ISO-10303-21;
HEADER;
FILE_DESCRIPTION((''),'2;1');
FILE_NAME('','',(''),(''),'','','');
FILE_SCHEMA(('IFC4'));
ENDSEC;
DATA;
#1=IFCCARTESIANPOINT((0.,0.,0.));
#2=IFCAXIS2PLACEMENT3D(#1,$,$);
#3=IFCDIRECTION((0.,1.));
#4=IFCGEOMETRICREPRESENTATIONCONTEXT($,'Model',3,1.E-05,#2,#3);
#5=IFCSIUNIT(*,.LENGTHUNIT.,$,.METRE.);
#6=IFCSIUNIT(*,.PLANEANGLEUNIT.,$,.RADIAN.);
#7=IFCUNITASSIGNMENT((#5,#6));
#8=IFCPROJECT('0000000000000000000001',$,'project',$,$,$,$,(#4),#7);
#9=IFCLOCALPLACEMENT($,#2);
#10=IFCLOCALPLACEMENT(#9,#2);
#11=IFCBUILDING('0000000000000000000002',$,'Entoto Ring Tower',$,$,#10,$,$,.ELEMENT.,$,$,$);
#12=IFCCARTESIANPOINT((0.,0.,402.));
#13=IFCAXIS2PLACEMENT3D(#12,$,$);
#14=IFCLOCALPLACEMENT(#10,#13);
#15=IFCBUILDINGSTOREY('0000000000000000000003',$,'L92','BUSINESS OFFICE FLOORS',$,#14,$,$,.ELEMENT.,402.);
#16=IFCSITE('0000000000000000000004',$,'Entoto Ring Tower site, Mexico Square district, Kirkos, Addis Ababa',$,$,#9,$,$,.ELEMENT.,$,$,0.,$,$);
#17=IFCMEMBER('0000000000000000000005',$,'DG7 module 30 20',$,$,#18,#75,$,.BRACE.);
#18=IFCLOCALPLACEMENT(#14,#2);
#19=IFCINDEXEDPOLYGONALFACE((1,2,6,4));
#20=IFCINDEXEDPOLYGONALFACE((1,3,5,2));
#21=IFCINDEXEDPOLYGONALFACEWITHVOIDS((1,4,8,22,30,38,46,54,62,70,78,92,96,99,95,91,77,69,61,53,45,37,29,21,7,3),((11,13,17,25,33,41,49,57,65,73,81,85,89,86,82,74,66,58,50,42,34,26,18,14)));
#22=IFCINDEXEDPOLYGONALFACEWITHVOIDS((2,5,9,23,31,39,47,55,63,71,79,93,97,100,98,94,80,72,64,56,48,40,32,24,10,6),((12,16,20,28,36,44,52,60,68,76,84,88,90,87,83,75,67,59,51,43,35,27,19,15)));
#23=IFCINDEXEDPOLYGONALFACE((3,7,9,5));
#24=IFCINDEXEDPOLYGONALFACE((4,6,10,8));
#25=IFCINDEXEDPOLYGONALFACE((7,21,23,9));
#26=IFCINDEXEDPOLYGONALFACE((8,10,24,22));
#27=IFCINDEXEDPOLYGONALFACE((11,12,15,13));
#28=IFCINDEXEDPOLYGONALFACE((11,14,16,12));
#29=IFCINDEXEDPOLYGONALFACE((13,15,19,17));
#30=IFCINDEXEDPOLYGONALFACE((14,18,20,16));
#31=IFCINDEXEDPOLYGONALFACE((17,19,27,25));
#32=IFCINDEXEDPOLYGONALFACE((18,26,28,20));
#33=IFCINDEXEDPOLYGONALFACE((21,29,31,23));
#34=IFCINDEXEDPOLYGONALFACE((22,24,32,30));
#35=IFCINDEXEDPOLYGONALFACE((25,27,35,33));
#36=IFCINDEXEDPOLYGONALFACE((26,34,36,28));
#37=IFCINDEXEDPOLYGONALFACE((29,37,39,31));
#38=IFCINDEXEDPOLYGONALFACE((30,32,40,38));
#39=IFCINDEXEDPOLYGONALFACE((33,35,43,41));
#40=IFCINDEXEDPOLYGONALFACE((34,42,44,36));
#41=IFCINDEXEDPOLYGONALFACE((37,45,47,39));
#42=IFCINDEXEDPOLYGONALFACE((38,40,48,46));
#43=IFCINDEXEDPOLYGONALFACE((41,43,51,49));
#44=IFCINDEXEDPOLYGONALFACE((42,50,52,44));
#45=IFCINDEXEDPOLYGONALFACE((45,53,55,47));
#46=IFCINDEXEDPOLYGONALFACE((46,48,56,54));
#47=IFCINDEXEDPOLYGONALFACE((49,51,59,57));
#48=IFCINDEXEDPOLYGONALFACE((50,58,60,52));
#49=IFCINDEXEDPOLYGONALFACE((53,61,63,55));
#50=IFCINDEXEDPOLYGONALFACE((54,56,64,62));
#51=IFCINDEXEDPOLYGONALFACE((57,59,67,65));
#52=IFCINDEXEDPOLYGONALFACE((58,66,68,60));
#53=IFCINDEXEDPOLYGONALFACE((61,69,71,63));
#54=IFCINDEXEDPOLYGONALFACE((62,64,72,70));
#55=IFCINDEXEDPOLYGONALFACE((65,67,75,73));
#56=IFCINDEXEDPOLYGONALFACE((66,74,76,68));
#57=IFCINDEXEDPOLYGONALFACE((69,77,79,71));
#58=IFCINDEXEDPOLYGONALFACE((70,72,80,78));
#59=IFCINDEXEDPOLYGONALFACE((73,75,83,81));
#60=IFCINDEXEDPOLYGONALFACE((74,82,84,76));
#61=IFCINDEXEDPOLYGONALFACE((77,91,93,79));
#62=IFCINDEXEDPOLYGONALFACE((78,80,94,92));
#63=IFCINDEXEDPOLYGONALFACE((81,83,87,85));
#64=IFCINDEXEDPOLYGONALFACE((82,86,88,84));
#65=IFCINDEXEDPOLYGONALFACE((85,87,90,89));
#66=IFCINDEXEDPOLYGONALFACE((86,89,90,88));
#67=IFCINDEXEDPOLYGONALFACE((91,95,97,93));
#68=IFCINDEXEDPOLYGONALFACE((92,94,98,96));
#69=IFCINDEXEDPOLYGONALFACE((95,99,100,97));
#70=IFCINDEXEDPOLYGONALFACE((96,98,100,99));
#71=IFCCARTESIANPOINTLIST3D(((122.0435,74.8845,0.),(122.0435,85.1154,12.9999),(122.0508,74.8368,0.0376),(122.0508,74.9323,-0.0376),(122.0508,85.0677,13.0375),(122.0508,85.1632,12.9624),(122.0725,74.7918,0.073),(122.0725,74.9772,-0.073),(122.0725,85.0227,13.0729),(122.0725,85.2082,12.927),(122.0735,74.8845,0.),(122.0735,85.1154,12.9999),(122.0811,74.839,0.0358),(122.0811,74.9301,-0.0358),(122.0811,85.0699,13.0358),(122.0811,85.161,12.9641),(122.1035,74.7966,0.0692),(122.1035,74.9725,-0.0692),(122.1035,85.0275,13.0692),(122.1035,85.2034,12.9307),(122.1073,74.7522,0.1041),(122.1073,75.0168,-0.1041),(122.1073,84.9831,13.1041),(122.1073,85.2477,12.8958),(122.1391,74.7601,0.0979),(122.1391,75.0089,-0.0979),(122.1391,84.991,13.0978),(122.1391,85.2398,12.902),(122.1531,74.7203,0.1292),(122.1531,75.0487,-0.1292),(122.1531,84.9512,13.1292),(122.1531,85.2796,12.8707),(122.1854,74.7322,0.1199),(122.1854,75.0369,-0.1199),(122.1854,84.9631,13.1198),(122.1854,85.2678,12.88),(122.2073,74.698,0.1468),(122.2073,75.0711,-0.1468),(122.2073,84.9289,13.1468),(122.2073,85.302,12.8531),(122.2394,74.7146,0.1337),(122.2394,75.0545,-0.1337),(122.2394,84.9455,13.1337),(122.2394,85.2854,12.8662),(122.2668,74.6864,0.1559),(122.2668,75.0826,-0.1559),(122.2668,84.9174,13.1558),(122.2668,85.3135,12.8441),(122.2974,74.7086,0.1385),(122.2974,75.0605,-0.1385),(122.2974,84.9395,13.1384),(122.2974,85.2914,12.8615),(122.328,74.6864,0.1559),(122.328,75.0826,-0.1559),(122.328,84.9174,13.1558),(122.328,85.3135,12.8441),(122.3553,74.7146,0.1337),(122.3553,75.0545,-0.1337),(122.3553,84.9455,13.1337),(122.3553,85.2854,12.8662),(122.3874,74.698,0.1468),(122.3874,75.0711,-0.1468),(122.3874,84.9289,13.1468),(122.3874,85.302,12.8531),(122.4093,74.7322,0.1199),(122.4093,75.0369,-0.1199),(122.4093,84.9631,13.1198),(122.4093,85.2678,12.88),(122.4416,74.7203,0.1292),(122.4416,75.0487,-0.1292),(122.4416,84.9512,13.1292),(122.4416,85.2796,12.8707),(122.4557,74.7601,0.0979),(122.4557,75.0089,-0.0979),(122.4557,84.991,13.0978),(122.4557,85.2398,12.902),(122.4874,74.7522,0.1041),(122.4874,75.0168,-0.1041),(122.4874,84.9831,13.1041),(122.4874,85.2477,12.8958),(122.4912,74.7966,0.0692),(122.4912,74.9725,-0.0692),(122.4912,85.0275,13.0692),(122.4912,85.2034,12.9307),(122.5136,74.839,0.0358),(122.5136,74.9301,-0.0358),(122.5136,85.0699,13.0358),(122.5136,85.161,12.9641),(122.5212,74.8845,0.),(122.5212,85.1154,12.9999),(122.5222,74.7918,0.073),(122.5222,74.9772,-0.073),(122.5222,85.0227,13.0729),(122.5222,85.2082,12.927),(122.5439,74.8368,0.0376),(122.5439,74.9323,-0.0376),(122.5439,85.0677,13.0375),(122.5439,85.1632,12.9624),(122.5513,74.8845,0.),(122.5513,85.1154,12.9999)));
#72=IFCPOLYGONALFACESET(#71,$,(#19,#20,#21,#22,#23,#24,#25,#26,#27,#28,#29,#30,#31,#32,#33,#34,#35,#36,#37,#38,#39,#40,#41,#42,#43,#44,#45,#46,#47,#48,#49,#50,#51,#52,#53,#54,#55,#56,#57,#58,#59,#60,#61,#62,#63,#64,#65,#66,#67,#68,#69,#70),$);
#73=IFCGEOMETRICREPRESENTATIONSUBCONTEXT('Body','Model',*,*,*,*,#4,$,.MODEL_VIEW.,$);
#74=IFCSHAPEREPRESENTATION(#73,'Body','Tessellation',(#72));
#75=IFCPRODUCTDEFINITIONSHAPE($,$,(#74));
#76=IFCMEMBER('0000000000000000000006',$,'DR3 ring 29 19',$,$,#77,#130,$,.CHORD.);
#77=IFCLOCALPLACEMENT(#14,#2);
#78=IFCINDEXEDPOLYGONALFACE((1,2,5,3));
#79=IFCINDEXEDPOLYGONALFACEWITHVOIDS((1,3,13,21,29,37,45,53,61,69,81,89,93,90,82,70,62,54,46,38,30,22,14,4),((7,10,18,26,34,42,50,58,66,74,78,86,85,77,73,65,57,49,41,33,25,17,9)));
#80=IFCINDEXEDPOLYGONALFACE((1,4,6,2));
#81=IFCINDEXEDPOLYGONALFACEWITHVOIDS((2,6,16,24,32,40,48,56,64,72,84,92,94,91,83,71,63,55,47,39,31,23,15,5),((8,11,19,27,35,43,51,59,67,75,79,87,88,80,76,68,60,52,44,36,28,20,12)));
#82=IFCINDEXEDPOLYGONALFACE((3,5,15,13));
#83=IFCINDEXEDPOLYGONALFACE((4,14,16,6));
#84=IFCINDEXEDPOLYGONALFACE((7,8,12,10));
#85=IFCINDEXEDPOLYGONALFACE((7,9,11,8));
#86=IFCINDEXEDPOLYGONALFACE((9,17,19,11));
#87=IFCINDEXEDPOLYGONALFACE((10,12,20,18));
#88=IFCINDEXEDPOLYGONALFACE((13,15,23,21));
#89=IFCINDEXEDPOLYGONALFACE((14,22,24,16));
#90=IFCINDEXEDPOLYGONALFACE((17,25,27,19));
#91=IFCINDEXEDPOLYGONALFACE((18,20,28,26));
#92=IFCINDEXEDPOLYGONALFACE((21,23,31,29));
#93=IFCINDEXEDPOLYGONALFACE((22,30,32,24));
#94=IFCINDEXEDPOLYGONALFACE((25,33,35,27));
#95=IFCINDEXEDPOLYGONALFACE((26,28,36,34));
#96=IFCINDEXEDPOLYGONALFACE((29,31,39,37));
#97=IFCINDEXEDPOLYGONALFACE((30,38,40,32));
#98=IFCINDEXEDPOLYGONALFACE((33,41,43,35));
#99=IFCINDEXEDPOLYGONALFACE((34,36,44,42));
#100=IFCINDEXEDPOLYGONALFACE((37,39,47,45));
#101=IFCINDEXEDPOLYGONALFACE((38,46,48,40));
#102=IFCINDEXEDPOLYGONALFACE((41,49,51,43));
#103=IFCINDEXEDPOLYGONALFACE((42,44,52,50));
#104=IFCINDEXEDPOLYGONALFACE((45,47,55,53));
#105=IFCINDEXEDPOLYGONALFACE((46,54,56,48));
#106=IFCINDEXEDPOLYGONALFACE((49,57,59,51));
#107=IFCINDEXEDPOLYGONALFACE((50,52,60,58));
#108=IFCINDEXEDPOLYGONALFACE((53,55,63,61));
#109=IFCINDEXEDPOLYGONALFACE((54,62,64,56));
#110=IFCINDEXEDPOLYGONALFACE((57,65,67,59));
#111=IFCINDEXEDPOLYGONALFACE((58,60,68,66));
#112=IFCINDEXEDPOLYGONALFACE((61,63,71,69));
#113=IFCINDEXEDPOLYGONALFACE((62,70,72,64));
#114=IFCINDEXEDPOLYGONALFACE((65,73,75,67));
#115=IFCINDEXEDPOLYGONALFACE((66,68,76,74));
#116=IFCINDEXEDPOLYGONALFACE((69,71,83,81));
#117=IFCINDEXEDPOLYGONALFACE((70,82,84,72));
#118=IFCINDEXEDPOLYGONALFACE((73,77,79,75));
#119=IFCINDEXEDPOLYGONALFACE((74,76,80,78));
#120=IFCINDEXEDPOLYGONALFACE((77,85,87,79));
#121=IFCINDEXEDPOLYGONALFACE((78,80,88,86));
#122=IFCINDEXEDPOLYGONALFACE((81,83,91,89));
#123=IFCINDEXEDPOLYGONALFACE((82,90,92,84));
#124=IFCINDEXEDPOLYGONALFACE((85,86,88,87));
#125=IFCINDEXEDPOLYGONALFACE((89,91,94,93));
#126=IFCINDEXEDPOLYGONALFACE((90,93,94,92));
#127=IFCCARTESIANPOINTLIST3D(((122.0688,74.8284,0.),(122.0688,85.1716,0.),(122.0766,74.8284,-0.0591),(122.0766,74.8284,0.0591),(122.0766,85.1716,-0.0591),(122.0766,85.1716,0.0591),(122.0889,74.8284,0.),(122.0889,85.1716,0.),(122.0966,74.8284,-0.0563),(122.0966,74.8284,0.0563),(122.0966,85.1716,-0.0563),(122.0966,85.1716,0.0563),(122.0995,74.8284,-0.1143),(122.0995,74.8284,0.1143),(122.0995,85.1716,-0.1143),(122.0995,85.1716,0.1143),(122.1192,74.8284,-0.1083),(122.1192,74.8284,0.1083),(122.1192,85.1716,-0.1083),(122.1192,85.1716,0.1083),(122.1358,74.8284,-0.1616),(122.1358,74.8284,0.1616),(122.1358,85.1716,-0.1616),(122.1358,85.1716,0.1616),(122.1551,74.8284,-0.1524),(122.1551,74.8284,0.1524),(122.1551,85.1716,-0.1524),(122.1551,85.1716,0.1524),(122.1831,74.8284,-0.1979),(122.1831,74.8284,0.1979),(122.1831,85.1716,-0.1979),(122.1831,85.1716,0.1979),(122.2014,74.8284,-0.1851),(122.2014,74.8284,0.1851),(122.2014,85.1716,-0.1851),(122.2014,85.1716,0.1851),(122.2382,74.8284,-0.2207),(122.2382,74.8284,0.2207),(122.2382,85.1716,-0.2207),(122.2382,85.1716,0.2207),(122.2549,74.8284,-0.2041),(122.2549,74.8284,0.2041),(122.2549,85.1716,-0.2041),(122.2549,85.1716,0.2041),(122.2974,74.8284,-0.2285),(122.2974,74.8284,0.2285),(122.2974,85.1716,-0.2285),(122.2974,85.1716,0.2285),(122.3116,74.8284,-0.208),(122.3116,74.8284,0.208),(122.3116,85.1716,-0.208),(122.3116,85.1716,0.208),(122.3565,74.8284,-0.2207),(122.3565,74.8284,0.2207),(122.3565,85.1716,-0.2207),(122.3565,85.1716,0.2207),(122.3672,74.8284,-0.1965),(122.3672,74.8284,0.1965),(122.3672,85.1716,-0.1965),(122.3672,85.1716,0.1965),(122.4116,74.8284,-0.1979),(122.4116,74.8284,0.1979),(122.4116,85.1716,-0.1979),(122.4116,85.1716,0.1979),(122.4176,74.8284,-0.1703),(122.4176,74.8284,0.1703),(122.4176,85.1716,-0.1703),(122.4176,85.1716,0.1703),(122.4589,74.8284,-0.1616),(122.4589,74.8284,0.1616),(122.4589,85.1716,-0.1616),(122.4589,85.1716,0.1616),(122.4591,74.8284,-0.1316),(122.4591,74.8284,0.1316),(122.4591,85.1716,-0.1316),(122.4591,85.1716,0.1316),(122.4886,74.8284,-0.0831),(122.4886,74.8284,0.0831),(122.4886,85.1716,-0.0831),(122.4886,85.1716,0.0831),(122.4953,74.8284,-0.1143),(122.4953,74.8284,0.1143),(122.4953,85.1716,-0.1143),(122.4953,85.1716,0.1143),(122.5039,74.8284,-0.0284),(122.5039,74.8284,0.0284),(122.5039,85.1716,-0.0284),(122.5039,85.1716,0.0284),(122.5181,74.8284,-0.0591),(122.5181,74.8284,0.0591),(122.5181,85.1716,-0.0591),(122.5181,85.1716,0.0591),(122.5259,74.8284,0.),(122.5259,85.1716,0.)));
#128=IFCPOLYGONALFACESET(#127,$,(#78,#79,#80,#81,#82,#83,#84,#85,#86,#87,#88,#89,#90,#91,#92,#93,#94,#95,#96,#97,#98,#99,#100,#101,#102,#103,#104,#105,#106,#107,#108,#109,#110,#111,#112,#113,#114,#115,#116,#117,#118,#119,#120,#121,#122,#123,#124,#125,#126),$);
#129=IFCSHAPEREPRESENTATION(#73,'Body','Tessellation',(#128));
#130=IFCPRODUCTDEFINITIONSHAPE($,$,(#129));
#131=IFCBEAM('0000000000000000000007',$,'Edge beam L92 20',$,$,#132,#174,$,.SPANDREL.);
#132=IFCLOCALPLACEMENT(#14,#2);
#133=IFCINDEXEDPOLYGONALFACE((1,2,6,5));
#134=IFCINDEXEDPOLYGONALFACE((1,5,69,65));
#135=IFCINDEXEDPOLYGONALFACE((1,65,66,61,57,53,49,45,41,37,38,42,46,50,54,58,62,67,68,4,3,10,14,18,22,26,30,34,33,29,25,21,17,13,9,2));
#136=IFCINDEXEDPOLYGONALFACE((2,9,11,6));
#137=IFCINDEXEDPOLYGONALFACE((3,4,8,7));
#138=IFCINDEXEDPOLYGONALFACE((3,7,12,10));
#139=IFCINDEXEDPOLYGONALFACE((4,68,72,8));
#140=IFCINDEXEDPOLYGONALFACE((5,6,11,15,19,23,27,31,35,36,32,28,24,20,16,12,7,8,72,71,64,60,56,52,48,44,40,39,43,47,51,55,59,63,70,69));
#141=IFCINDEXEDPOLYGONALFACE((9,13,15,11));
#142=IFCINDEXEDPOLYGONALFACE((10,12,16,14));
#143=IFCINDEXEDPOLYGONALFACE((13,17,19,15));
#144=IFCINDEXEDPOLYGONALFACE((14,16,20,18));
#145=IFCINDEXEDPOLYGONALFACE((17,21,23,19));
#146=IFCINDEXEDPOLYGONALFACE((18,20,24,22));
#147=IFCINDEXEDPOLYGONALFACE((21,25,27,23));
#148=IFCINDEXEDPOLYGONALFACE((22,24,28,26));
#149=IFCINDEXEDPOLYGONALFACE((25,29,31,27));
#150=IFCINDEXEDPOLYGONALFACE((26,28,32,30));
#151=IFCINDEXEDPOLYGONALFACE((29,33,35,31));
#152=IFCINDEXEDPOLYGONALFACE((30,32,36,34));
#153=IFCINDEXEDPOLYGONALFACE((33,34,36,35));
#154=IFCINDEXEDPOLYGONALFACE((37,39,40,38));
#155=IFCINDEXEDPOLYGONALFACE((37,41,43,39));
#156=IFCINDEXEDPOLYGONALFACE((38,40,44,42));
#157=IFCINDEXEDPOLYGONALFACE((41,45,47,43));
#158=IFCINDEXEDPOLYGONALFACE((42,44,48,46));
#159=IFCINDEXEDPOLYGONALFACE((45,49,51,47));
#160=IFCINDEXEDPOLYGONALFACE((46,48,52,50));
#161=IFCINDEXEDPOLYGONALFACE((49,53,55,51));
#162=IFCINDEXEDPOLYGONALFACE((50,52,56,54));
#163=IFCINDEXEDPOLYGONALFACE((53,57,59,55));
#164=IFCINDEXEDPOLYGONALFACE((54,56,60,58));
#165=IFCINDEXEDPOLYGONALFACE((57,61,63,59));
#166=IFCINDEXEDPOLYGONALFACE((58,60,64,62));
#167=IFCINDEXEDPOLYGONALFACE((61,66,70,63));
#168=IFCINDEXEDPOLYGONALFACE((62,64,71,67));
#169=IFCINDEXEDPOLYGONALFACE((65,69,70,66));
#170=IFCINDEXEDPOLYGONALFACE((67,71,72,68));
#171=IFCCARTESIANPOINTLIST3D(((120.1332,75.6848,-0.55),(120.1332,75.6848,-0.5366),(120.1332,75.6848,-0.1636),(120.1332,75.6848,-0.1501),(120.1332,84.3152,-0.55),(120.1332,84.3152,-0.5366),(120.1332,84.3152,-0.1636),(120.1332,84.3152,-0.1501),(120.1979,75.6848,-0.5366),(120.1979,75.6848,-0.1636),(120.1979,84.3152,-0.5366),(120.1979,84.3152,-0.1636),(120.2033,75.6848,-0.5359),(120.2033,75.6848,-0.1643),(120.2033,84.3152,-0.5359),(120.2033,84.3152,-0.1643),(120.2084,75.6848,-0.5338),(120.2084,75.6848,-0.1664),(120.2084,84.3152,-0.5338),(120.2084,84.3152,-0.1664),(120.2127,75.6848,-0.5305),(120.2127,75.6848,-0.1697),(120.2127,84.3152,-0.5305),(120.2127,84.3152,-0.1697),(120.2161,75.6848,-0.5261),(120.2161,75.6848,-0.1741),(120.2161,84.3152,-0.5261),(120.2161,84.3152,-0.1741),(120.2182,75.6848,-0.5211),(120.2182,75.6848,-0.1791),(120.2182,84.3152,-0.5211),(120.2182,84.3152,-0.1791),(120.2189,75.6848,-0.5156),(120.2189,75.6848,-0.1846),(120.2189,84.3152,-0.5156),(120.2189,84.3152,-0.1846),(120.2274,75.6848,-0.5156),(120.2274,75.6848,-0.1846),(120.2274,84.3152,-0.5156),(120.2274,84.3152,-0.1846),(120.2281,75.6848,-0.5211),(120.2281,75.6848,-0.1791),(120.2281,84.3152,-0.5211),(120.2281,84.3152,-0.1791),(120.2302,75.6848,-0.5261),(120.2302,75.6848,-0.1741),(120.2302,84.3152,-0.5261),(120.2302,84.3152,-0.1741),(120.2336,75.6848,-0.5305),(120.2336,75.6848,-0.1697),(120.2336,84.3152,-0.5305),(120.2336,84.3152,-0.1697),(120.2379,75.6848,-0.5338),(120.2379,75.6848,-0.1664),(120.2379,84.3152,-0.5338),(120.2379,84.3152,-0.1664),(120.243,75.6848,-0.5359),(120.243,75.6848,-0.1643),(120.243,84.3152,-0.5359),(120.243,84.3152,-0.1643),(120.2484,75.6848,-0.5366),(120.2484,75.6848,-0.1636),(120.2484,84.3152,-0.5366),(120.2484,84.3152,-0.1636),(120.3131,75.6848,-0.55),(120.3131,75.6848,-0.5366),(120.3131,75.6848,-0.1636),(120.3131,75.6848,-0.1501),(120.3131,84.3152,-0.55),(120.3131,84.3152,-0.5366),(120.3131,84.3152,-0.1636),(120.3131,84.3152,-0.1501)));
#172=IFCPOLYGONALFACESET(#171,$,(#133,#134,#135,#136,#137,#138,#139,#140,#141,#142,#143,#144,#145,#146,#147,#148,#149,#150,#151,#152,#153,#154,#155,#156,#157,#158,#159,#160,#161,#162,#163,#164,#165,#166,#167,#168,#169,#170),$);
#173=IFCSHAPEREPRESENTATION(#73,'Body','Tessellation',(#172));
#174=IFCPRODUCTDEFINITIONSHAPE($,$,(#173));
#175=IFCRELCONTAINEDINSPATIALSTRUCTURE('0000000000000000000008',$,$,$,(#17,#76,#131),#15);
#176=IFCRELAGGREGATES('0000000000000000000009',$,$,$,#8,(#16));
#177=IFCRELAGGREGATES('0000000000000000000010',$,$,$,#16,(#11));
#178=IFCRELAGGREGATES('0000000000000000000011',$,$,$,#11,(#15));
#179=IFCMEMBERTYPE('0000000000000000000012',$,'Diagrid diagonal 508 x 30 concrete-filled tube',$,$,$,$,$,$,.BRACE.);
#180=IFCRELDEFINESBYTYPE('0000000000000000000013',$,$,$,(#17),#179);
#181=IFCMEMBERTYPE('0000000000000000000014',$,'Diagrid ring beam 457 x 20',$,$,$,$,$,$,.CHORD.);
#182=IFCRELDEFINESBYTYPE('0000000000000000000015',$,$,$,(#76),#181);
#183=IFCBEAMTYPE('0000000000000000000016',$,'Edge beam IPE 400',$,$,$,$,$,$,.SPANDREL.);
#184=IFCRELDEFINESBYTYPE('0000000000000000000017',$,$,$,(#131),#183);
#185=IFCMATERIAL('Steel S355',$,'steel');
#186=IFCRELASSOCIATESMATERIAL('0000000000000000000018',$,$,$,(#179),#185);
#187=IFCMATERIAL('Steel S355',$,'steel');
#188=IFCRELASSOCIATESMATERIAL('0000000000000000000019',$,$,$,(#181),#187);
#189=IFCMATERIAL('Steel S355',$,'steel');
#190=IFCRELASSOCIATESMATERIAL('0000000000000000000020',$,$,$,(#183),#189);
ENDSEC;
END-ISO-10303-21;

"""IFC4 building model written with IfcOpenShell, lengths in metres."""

from ifc_helpers import new_model, si_unit, direction, frame, origin, origin_2d, place, context, subcontext, project, spatial, circle, hollow_circle, i_section, extrude, material, material_profile, profile_set, type_object, element, save


model = new_model("IFC4")

# Units and contexts
model_context = context("Model", 3, precision=1e-05, world=origin(), true_north=direction((0.0, 1.0)))
body_context = subcontext(model_context, "Body", "Model", "MODEL_VIEW")
ifc_project = project(units=[si_unit("LENGTHUNIT", "METRE"), si_unit("PLANEANGLEUNIT", "RADIAN")], contexts=[model_context])

# Site, building, storey
site_placement = place(None, origin())
site = spatial("IfcSite", under=ifc_project, at=site_placement, Name="Entoto Ring Tower site, Mexico Square district, Kirkos, Addis Ababa", CompositionType="ELEMENT", RefElevation=0.0)
building_placement = place(site_placement, origin())
building = spatial("IfcBuilding", under=site, at=building_placement, Name="Entoto Ring Tower", CompositionType="ELEMENT")
storey_placement = place(building_placement, frame((0.0, 0.0, 402.0)))
storey = spatial("IfcBuildingStorey", under=building, at=storey_placement, Name="L92", Description="BUSINESS OFFICE FLOORS", CompositionType="ELEMENT", Elevation=402.0)

# Members
ifc_material_1 = material(Name="Steel S355", Category="steel")
ifc_material_profile_1 = material_profile(ifc_material_1, hollow_circle(Radius=0.2539, WallThickness=0.03, at=origin_2d()), Name="CHS 508 x 30")
ifc_material_2 = material(Name="Concrete C60/75", Category="concrete")
ifc_material_profile_2 = material_profile(ifc_material_2, circle(Radius=0.2241, at=origin_2d()), Name="Concrete C60/75 infill")
ifc_profile_set_1 = profile_set([ifc_material_profile_1, ifc_material_profile_2], Name="Steel S355")
member_type_1 = type_object("IfcMemberType", Name="Diagrid diagonal 508 x 30 concrete-filled tube", PredefinedType="BRACE", material=ifc_profile_set_1)
for number, where, z_axis, x_axis, name in (
    (1, (122.2974, 74.8845, 0.0), (0.0, 0.618444, 0.785829), (-1.0, 0.0, 0.0), "DG7 module 30 20"),
):
    element("IfcMember", number, at=place(storey_placement, frame(where, z_axis=z_axis, x_axis=x_axis)), inside=storey, type_object=member_type_1, Name=name, PredefinedType="BRACE", context=body_context, shape_type="SweptSolid", body=[
        extrude(hollow_circle(Radius=0.2539, WallThickness=0.03, at=origin_2d()), origin(), (0.0, 0.0, 1.0), 16.543),
    ])
ifc_material_3 = material(Name="Steel S355", Category="steel")
ifc_material_profile_3 = material_profile(ifc_material_3, hollow_circle(Radius=0.2285, WallThickness=0.02, at=origin_2d()), Name="CHS 457 x 20")
ifc_material_4 = material(Name="Concrete C60/75", Category="concrete")
ifc_material_profile_4 = material_profile(ifc_material_4, circle(Radius=0.2085, at=origin_2d()), Name="Concrete C60/75 infill")
ifc_profile_set_2 = profile_set([ifc_material_profile_3, ifc_material_profile_4], Name="Steel S355")
member_type_2 = type_object("IfcMemberType", Name="Diagrid ring beam 457 x 20", PredefinedType="CHORD", material=ifc_profile_set_2)
member_placement = place(storey_placement, frame((122.2974, 74.8284, 0.0), z_axis=(0.0, 1.0, 0.0), x_axis=(-1.0, 0.0, 0.0)))
element("IfcMember", 2, at=member_placement, inside=storey, type_object=member_type_2, Name="DR3 ring 29 19", PredefinedType="CHORD", context=body_context, shape_type="SweptSolid", body=[
    extrude(hollow_circle(Radius=0.2285, WallThickness=0.02, at=origin_2d()), origin(), (0.0, 0.0, 1.0), 10.3433),
])

# Beam
ifc_material_5 = material(Name="Steel S355", Category="steel")
ifc_material_profile_5 = material_profile(ifc_material_5, i_section(OverallWidth=0.1799, OverallDepth=0.3999, WebThickness=0.0085, FlangeThickness=0.0134, FilletRadius=0.021, at=origin_2d()), Name="IPE 400")
ifc_profile_set_3 = profile_set([ifc_material_profile_5], Name="Steel S355")
beam_type_1 = type_object("IfcBeamType", Name="Edge beam IPE 400", PredefinedType="SPANDREL", material=ifc_profile_set_3)
beam_1_placement = place(storey_placement, frame((120.2231, 75.6848, -0.3501), z_axis=(0.0, 1.0, 0.0), x_axis=(-1.0, 0.0, 0.0)))
element("IfcBeam", 3, at=beam_1_placement, inside=storey, type_object=beam_type_1, Name="Edge beam L92 20", PredefinedType="SPANDREL", context=body_context, shape_type="SweptSolid", body=[
    extrude(i_section(OverallWidth=0.1799, OverallDepth=0.3999, WebThickness=0.0085, FlangeThickness=0.0134, FilletRadius=0.021, at=origin_2d()), origin(), (0.0, 0.0, 1.0), 8.6304),
])

save(model, "model.ifc")
